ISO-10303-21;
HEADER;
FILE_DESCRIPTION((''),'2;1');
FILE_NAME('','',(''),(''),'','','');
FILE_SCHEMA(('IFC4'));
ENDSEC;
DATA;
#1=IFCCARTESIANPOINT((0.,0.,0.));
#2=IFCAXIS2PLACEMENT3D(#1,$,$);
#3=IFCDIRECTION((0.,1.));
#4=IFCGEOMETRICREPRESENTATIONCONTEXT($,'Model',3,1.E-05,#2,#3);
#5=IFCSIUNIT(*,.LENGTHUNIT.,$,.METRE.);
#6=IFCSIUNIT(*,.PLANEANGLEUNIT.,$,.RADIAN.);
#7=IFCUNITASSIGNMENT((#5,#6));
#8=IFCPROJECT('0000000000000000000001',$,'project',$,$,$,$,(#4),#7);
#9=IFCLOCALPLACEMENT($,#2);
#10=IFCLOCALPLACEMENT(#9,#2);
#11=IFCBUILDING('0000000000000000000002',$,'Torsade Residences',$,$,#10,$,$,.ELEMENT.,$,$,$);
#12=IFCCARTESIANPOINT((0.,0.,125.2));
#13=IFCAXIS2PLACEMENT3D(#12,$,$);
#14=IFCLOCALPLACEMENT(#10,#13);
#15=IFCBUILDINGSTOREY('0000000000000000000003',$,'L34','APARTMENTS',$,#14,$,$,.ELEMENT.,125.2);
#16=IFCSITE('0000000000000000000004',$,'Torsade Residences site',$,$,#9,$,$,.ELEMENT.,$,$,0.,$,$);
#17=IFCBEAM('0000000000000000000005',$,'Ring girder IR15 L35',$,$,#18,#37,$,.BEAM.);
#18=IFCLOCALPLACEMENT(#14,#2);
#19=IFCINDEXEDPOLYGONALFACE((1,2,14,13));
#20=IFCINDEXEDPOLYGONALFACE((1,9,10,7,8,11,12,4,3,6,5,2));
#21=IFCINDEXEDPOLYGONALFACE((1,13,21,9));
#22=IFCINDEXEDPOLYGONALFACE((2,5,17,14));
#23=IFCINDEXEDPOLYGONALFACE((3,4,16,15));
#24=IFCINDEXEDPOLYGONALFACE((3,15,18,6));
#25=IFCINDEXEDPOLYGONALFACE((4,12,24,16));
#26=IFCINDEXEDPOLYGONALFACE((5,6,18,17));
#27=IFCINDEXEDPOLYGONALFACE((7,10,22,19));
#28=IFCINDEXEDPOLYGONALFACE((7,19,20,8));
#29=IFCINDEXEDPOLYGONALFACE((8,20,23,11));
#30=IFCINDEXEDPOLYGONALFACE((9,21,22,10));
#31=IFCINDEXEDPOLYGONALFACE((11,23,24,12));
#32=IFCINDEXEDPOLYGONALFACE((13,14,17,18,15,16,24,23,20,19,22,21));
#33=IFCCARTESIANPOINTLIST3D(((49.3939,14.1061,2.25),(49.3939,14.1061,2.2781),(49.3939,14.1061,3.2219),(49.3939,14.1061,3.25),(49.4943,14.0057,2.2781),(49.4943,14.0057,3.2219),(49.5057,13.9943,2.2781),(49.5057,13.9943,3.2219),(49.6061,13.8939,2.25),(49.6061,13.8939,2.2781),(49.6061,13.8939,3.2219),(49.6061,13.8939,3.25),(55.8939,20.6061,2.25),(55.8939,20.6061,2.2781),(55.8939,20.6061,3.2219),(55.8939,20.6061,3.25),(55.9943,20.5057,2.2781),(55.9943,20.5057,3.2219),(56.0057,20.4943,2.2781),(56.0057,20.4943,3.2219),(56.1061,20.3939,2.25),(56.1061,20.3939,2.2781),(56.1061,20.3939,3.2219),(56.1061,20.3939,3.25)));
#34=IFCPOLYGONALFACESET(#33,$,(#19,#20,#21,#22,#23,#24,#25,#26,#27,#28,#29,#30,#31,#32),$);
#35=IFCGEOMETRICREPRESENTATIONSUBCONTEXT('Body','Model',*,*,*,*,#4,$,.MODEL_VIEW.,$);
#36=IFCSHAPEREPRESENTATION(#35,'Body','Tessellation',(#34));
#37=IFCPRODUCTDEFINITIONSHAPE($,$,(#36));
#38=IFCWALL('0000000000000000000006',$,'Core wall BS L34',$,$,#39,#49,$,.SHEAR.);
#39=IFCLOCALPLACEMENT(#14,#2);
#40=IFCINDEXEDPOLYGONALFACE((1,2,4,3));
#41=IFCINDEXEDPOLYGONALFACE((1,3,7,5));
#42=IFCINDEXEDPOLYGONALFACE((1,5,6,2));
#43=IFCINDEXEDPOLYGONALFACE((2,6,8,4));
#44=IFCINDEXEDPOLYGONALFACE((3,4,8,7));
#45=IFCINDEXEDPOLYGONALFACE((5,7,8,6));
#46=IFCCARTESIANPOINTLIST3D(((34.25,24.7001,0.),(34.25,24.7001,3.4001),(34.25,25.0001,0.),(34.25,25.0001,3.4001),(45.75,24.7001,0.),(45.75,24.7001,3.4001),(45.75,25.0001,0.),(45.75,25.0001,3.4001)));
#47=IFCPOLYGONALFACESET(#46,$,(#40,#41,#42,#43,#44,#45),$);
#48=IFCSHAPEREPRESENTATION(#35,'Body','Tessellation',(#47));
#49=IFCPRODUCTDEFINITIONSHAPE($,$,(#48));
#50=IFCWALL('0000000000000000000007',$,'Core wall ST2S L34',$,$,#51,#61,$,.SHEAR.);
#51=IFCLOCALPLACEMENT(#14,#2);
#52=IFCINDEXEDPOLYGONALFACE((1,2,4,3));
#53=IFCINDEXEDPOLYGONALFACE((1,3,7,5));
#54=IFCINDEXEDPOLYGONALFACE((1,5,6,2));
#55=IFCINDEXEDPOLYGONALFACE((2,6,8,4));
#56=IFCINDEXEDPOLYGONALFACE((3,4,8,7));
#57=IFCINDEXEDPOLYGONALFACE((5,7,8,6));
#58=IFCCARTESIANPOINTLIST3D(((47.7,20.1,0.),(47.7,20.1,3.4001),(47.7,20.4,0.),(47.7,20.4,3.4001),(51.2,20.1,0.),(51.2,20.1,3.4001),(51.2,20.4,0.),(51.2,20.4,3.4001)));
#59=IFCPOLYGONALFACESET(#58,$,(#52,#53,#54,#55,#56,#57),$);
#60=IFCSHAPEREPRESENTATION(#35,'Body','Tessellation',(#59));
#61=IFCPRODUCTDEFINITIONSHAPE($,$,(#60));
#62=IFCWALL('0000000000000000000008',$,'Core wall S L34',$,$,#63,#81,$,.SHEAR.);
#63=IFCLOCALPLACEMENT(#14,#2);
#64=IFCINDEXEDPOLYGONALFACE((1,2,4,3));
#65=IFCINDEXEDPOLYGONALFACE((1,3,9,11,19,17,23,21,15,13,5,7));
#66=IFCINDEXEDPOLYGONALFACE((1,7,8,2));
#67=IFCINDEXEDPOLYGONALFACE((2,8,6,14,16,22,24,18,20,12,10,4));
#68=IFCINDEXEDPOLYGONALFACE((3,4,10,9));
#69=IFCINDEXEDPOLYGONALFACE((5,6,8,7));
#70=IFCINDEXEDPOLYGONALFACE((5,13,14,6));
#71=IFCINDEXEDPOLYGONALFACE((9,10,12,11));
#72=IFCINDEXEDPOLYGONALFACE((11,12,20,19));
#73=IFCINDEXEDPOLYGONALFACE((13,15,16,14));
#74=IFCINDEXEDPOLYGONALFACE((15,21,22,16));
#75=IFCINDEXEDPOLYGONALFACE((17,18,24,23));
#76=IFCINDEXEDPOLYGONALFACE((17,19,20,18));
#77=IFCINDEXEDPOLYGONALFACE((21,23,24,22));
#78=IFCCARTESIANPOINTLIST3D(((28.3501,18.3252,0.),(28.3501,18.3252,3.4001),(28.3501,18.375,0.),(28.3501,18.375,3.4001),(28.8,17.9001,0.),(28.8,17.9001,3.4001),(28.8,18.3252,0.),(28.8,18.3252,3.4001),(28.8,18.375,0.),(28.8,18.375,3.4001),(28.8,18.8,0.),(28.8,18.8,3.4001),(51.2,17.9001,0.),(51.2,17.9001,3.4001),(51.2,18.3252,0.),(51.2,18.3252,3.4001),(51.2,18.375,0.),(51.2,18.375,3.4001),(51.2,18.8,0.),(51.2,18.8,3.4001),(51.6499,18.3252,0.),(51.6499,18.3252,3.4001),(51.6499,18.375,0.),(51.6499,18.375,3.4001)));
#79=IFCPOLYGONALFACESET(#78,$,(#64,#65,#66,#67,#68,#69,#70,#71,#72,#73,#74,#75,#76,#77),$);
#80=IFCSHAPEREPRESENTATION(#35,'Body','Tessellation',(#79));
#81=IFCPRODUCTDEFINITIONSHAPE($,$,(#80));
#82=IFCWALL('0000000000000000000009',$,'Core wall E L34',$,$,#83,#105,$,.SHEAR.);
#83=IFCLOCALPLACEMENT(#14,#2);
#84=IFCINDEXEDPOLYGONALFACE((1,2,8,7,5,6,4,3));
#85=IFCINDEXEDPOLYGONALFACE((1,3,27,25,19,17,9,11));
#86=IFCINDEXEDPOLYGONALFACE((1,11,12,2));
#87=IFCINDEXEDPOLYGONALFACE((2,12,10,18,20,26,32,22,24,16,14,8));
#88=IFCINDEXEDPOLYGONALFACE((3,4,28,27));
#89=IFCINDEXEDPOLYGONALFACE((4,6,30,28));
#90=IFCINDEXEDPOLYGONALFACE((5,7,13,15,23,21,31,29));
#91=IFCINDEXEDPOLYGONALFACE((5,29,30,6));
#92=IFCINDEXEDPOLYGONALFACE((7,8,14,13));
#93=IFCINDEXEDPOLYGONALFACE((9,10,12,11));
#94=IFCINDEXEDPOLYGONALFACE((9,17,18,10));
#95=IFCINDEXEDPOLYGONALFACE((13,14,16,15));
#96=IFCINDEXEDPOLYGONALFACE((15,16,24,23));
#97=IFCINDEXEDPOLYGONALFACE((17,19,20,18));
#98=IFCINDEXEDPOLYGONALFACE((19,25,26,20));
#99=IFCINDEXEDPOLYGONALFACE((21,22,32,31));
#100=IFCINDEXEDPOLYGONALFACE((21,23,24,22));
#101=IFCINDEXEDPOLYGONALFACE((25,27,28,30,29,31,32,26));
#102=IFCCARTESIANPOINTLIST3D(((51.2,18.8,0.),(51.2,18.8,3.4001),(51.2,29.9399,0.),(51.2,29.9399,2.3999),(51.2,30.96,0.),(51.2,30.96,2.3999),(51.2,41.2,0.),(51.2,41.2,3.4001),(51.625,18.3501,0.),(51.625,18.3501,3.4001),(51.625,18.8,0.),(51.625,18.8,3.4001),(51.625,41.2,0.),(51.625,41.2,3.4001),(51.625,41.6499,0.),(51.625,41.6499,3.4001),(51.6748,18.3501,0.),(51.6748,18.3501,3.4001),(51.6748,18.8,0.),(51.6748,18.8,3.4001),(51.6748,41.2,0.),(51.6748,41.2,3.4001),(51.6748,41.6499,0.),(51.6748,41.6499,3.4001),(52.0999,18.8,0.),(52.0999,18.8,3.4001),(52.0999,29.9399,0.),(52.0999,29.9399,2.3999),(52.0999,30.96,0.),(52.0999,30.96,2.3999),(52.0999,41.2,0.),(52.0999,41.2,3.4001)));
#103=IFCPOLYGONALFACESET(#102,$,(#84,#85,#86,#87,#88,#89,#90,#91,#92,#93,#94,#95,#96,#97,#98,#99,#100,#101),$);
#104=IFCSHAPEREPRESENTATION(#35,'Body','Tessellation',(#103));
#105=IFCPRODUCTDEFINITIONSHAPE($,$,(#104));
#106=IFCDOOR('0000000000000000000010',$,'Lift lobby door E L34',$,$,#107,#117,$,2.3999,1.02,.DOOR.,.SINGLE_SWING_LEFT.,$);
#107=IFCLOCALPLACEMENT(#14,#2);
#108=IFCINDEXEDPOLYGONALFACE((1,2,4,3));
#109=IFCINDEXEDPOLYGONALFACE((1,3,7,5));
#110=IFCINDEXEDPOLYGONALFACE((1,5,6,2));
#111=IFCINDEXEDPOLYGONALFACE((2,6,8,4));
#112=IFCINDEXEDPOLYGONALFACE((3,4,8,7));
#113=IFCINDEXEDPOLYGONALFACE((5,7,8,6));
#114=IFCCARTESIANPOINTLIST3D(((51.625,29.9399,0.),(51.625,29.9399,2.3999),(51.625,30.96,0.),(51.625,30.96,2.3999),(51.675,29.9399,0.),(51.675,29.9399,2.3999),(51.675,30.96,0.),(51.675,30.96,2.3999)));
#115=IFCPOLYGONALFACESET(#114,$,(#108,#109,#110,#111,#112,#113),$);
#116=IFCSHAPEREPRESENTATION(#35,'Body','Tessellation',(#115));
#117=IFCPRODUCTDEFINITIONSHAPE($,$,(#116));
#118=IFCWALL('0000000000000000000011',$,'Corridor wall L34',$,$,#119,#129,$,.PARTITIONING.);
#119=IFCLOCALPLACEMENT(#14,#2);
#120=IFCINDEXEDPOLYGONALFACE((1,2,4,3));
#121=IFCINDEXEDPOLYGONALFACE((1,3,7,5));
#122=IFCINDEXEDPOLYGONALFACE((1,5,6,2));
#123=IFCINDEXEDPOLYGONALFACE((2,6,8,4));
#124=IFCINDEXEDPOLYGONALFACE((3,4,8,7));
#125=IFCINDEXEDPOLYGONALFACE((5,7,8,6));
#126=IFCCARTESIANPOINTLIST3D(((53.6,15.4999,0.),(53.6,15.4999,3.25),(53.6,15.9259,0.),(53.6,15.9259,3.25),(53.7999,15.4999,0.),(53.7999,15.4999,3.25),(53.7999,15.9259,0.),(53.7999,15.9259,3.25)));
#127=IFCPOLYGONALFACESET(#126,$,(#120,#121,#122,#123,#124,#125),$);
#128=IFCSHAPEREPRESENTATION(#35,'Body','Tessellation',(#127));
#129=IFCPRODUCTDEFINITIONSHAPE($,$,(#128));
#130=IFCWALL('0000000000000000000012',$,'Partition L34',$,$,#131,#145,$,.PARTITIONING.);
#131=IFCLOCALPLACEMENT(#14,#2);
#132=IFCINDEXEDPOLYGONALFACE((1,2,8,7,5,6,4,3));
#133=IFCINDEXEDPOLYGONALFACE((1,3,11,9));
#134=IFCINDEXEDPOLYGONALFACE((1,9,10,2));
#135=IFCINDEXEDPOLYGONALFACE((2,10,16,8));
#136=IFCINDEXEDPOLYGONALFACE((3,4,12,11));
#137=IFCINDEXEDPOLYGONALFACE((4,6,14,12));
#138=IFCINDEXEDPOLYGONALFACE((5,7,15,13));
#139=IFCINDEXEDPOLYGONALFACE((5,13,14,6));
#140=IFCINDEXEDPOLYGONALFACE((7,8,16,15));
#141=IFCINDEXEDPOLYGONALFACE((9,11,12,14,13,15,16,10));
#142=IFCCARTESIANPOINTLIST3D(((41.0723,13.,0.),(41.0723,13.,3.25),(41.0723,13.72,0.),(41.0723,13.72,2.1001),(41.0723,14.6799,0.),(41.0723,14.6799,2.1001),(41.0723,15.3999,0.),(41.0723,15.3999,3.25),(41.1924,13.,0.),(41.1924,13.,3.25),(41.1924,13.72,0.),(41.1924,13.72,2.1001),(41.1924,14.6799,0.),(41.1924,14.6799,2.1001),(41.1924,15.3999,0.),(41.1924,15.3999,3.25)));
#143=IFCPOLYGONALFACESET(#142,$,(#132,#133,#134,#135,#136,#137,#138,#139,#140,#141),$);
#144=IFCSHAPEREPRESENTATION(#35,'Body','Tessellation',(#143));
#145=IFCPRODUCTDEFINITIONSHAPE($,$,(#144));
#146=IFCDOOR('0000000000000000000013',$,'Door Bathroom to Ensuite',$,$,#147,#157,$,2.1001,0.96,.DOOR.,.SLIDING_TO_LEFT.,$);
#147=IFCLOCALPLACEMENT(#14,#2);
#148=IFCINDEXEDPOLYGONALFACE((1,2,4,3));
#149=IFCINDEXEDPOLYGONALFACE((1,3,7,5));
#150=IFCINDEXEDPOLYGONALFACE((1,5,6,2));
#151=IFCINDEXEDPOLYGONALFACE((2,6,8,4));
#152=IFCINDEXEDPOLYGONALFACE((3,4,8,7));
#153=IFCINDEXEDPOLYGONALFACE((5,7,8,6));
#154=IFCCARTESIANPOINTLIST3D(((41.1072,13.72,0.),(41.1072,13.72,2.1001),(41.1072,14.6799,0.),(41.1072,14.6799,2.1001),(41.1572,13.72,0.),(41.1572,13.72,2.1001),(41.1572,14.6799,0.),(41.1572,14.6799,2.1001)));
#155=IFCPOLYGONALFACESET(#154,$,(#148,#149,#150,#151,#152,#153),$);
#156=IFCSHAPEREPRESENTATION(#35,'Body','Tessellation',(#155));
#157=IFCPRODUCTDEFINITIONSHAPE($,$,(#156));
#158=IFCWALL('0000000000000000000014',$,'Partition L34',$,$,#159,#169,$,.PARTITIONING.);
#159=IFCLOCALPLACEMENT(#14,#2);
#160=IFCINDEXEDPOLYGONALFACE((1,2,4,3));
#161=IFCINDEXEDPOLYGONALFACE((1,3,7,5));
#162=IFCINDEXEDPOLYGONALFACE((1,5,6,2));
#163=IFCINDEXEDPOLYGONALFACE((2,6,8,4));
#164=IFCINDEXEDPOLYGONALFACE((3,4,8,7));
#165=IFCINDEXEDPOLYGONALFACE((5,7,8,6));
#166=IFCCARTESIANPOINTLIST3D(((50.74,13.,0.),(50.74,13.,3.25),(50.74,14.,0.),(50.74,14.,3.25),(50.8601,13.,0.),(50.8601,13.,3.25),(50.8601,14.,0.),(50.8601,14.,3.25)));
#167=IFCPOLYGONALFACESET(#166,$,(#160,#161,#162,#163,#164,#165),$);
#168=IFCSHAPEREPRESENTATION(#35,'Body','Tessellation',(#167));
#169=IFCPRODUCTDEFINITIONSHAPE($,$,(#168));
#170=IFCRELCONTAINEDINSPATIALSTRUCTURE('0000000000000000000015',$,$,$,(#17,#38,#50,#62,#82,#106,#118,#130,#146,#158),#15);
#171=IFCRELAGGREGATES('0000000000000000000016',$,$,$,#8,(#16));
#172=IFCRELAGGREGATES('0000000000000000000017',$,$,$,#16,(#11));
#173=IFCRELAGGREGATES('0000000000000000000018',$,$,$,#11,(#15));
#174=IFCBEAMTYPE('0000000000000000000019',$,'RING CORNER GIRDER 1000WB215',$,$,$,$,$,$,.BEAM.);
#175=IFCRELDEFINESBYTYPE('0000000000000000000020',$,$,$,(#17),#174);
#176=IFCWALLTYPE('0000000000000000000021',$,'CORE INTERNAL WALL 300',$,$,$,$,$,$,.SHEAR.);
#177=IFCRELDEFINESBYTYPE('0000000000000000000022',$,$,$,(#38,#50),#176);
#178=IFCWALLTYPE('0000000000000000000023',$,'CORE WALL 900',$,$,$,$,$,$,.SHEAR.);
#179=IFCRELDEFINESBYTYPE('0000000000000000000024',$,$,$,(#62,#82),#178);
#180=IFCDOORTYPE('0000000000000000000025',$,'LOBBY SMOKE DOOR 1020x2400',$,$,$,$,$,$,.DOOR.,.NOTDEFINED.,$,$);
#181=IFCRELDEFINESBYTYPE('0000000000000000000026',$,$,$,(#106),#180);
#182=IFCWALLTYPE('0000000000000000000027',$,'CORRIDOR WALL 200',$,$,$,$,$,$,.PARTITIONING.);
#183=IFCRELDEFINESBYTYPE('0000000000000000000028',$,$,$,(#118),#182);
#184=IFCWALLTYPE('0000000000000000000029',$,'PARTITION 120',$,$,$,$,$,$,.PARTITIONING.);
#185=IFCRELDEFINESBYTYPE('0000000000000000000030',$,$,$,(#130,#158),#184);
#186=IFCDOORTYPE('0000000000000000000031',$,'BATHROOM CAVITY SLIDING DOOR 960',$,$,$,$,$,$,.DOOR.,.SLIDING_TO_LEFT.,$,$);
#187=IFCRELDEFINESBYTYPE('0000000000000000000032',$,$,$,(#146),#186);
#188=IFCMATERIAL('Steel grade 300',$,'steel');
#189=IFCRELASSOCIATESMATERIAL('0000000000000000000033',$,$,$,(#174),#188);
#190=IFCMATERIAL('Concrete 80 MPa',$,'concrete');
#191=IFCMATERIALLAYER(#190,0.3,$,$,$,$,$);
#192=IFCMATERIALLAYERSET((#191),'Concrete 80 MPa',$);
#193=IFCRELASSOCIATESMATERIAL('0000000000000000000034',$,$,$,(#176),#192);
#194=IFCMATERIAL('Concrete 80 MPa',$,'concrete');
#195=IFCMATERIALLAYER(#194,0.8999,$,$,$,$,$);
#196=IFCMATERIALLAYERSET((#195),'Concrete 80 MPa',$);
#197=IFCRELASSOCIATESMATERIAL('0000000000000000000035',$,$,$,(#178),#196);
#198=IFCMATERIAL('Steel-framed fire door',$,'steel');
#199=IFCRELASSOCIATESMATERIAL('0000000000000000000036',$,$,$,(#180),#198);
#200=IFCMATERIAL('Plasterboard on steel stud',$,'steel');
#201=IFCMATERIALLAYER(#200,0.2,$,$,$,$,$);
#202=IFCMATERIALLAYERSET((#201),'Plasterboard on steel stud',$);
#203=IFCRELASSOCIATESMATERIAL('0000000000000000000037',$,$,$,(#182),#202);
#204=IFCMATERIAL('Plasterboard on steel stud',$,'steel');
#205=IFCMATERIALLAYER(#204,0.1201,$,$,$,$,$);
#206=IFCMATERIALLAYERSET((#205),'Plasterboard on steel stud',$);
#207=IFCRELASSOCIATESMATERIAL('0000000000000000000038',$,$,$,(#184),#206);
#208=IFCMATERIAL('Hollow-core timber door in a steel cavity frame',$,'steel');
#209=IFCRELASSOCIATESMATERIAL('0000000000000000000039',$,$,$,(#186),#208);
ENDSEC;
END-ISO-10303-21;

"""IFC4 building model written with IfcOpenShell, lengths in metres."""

from ifc_helpers import new_model, si_unit, direction, frame, frame_2d, origin, origin_2d, place, context, subcontext, project, spatial, polyline, rectangle, i_section, outline, extrude, material, layer, layer_set, material_profile, profile_set, type_object, element, fill, save


model = new_model("IFC4")

# Units and contexts
model_context = context("Model", 3, precision=1e-05, world=origin(), true_north=direction((0.0, 1.0)))
body_context = subcontext(model_context, "Body", "Model", "MODEL_VIEW")
ifc_project = project(units=[si_unit("LENGTHUNIT", "METRE"), si_unit("PLANEANGLEUNIT", "RADIAN")], contexts=[model_context])

# Site, building, storey
site_placement = place(None, origin())
site = spatial("IfcSite", under=ifc_project, at=site_placement, Name="Torsade Residences site", CompositionType="ELEMENT", RefElevation=0.0)
building_placement = place(site_placement, origin())
building = spatial("IfcBuilding", under=site, at=building_placement, Name="Torsade Residences", CompositionType="ELEMENT")
storey_placement = place(building_placement, frame((0.0, 0.0, 125.2)))
storey = spatial("IfcBuildingStorey", under=building, at=storey_placement, Name="L34", Description="APARTMENTS", CompositionType="ELEMENT", Elevation=125.2)

# Beam
ifc_material_1 = material(Name="Steel grade 300", Category="steel")
ifc_material_profile_1 = material_profile(ifc_material_1, i_section(OverallWidth=0.3, OverallDepth=1.0, WebThickness=0.0161, FlangeThickness=0.0281, at=origin_2d()), Name="1000WB215")
ifc_profile_set_1 = profile_set([ifc_material_profile_1], Name="Steel grade 300")
beam_type_1 = type_object("IfcBeamType", Name="RING CORNER GIRDER 1000WB215", PredefinedType="BEAM", material=ifc_profile_set_1)
beam_1_placement = place(storey_placement, frame((49.5, 14.0, 2.75), z_axis=(0.707107, 0.707107, 0.0), x_axis=(-0.707107, 0.707107, 0.0)))
element("IfcBeam", 1, at=beam_1_placement, inside=storey, type_object=beam_type_1, Name="Ring girder IR15 L35", PredefinedType="BEAM", context=body_context, shape_type="SweptSolid", body=[
    extrude(i_section(OverallWidth=0.3, OverallDepth=1.0, WebThickness=0.0161, FlangeThickness=0.0281, at=origin_2d()), origin(), (0.0, 0.0, 1.0), 9.1924),
])

# Walls
ifc_material_2 = material(Name="Concrete 80 MPa", Category="concrete")
ifc_layer_1 = layer(ifc_material_2, 0.3)
ifc_layer_set_1 = layer_set([ifc_layer_1], Name="Concrete 80 MPa")
wall_type_1 = type_object("IfcWallType", Name="CORE INTERNAL WALL 300", PredefinedType="SHEAR", material=ifc_layer_set_1)
wall_1_placement = place(storey_placement, frame((45.75, 24.8501, 0.0), z_axis=(0.0, 0.0, 1.0), x_axis=(-1.0, 0.0, 0.0)))
element("IfcWall", 2, at=wall_1_placement, inside=storey, type_object=wall_type_1, Name="Core wall BS L34", PredefinedType="SHEAR", context=body_context, shape_type="SweptSolid", body=[
    extrude(rectangle(XDim=11.5, YDim=0.3, at=frame_2d((5.75, 0.0))), origin(), (0.0, 0.0, 1.0), 3.4001),
])
wall_2_placement = place(storey_placement, frame((51.2, 20.25, 0.0), z_axis=(0.0, 0.0, 1.0), x_axis=(-1.0, 0.0, 0.0)))
element("IfcWall", 3, at=wall_2_placement, inside=storey, type_object=wall_type_1, Name="Core wall ST2S L34", PredefinedType="SHEAR", context=body_context, shape_type="SweptSolid", body=[
    extrude(rectangle(XDim=3.5, YDim=0.3, at=frame_2d((1.75, 0.0))), origin(), (0.0, 0.0, 1.0), 3.4001),
])
ifc_material_3 = material(Name="Concrete 80 MPa", Category="concrete")
ifc_layer_2 = layer(ifc_material_3, 0.8999)
ifc_layer_set_2 = layer_set([ifc_layer_2], Name="Concrete 80 MPa")
wall_type_2 = type_object("IfcWallType", Name="CORE WALL 900", PredefinedType="SHEAR", material=ifc_layer_set_2)
wall_3_placement = place(storey_placement, frame((51.2, 18.3501, 0.0), z_axis=(0.0, 0.0, 1.0), x_axis=(-1.0, 0.0, 0.0)))
element("IfcWall", 4, at=wall_3_placement, inside=storey, type_object=wall_type_2, Name="Core wall S L34", PredefinedType="SHEAR", context=body_context, shape_type="SweptSolid", body=[
    extrude(outline(polyline([(0.0, -0.45), (22.3999, -0.45), (22.3999, -0.0249), (22.8499, -0.0249), (22.8499, 0.0249), (22.3999, 0.0249), (22.3999, 0.45), (0.0, 0.45), (0.0, 0.0249), (-0.45, 0.0249), (-0.45, -0.0249), (0.0, -0.0249), (0.0, -0.45)])), origin(), (0.0, 0.0, 1.0), 3.4001),
])

# Wall, opening, door
wall_4_placement = place(storey_placement, frame((51.6499, 18.8, 0.0), z_axis=(0.0, 0.0, 1.0), x_axis=(0.0, 1.0, 0.0)))
wall_4 = element("IfcWall", 5, at=wall_4_placement, inside=storey, type_object=wall_type_2, Name="Core wall E L34", PredefinedType="SHEAR", context=body_context, shape_type="SweptSolid", body=[
    extrude(outline(polyline([(0.0, -0.45), (22.3999, -0.45), (22.3999, -0.0249), (22.8499, -0.0249), (22.8499, 0.0249), (22.3999, 0.0249), (22.3999, 0.45), (0.0, 0.45), (0.0, 0.0249), (-0.45, 0.0249), (-0.45, -0.0249), (0.0, -0.0249), (0.0, -0.45)])), origin(), (0.0, 0.0, 1.0), 3.4001),
])
opening_1_placement = place(wall_4_placement, frame((11.1399, 0.0, 0.0)))
opening_1 = element("IfcOpeningElement", 6, at=opening_1_placement, cuts=wall_4, PredefinedType="OPENING", context=body_context, shape_type="SweptSolid", body=[
    extrude(rectangle(XDim=1.02, YDim=2.3999, at=frame_2d((0.51, 1.2))), frame((0.0, 0.46, 0.0), z_axis=(0.0, -1.0, 0.0), x_axis=(1.0, 0.0, 0.0)), (0.0, 0.0, 1.0), 0.9199),
])
ifc_material_4 = material(Name="Steel-framed fire door", Category="steel")
door_type_1 = type_object("IfcDoorType", Name="LOBBY SMOKE DOOR 1020x2400", OperationType="NOTDEFINED", PredefinedType="DOOR", material=ifc_material_4)
door_1_placement = place(opening_1_placement, origin())
door_1 = element("IfcDoor", 7, at=door_1_placement, inside=storey, type_object=door_type_1, Name="Lift lobby door E L34", OperationType="SINGLE_SWING_LEFT", OverallHeight=2.3999, OverallWidth=1.02, PredefinedType="DOOR", context=body_context, shape_type="SweptSolid", body=[
    extrude(rectangle(XDim=1.02, YDim=2.3999, at=frame_2d((0.51, 1.2))), frame((0.0, 0.0249, 0.0), z_axis=(0.0, -1.0, 0.0), x_axis=(1.0, 0.0, 0.0)), (0.0, 0.0, 1.0), 0.05),
])
fill(opening_1, door_1)

# Wall
ifc_material_5 = material(Name="Plasterboard on steel stud", Category="steel")
ifc_layer_3 = layer(ifc_material_5, 0.2)
ifc_layer_set_3 = layer_set([ifc_layer_3], Name="Plasterboard on steel stud")
wall_type_3 = type_object("IfcWallType", Name="CORRIDOR WALL 200", PredefinedType="PARTITIONING", material=ifc_layer_set_3)
wall_5_placement = place(storey_placement, frame((53.7, 15.5, 0.0), z_axis=(0.0, 0.0, 1.0), x_axis=(0.0, 1.0, 0.0)))
element("IfcWall", 8, at=wall_5_placement, inside=storey, type_object=wall_type_3, Name="Corridor wall L34", PredefinedType="PARTITIONING", context=body_context, shape_type="SweptSolid", body=[
    extrude(rectangle(XDim=0.426, YDim=0.2, at=frame_2d((0.2129, 0.0))), origin(), (0.0, 0.0, 1.0), 3.25),
])

# Wall, opening, door
ifc_material_6 = material(Name="Plasterboard on steel stud", Category="steel")
ifc_layer_4 = layer(ifc_material_6, 0.1201)
ifc_layer_set_4 = layer_set([ifc_layer_4], Name="Plasterboard on steel stud")
wall_type_4 = type_object("IfcWallType", Name="PARTITION 120", PredefinedType="PARTITIONING", material=ifc_layer_set_4)
wall_6_placement = place(storey_placement, frame((41.1323, 15.3999, 0.0), z_axis=(0.0, 0.0, 1.0), x_axis=(0.0, -1.0, 0.0)))
wall_6 = element("IfcWall", 9, at=wall_6_placement, inside=storey, type_object=wall_type_4, Name="Partition L34", PredefinedType="PARTITIONING", context=body_context, shape_type="SweptSolid", body=[
    extrude(rectangle(XDim=2.3999, YDim=0.1201, at=frame_2d((1.2, 0.0))), origin(), (0.0, 0.0, 1.0), 3.25),
])
opening_2_placement = place(wall_6_placement, frame((0.72, 0.0, 0.0)))
opening_2 = element("IfcOpeningElement", 10, at=opening_2_placement, cuts=wall_6, PredefinedType="OPENING", context=body_context, shape_type="SweptSolid", body=[
    extrude(rectangle(XDim=0.96, YDim=2.1001, at=frame_2d((0.48, 1.05))), frame((0.0, 0.0701, 0.0), z_axis=(0.0, -1.0, 0.0), x_axis=(1.0, 0.0, 0.0)), (0.0, 0.0, 1.0), 0.1401),
])
ifc_material_7 = material(Name="Hollow-core timber door in a steel cavity frame", Category="steel")
door_type_2 = type_object("IfcDoorType", Name="BATHROOM CAVITY SLIDING DOOR 960", OperationType="SLIDING_TO_LEFT", PredefinedType="DOOR", material=ifc_material_7)
door_2_placement = place(opening_2_placement, origin())
door_2 = element("IfcDoor", 11, at=door_2_placement, inside=storey, type_object=door_type_2, Name="Door Bathroom to Ensuite", OperationType="SLIDING_TO_LEFT", OverallHeight=2.1001, OverallWidth=0.96, PredefinedType="DOOR", context=body_context, shape_type="SweptSolid", body=[
    extrude(rectangle(XDim=0.96, YDim=2.1001, at=frame_2d((0.48, 1.05))), frame((0.0, 0.0249, 0.0), z_axis=(0.0, -1.0, 0.0), x_axis=(1.0, 0.0, 0.0)), (0.0, 0.0, 1.0), 0.05),
])
fill(opening_2, door_2)

# Wall
wall_7_placement = place(storey_placement, frame((50.8, 13.0, 0.0), z_axis=(0.0, 0.0, 1.0), x_axis=(0.0, 1.0, 0.0)))
element("IfcWall", 12, at=wall_7_placement, inside=storey, type_object=wall_type_4, Name="Partition L34", PredefinedType="PARTITIONING", context=body_context, shape_type="SweptSolid", body=[
    extrude(rectangle(XDim=1.0, YDim=0.1201, at=frame_2d((0.5, 0.0))), origin(), (0.0, 0.0, 1.0), 3.25),
])

save(model, "model.ifc")
